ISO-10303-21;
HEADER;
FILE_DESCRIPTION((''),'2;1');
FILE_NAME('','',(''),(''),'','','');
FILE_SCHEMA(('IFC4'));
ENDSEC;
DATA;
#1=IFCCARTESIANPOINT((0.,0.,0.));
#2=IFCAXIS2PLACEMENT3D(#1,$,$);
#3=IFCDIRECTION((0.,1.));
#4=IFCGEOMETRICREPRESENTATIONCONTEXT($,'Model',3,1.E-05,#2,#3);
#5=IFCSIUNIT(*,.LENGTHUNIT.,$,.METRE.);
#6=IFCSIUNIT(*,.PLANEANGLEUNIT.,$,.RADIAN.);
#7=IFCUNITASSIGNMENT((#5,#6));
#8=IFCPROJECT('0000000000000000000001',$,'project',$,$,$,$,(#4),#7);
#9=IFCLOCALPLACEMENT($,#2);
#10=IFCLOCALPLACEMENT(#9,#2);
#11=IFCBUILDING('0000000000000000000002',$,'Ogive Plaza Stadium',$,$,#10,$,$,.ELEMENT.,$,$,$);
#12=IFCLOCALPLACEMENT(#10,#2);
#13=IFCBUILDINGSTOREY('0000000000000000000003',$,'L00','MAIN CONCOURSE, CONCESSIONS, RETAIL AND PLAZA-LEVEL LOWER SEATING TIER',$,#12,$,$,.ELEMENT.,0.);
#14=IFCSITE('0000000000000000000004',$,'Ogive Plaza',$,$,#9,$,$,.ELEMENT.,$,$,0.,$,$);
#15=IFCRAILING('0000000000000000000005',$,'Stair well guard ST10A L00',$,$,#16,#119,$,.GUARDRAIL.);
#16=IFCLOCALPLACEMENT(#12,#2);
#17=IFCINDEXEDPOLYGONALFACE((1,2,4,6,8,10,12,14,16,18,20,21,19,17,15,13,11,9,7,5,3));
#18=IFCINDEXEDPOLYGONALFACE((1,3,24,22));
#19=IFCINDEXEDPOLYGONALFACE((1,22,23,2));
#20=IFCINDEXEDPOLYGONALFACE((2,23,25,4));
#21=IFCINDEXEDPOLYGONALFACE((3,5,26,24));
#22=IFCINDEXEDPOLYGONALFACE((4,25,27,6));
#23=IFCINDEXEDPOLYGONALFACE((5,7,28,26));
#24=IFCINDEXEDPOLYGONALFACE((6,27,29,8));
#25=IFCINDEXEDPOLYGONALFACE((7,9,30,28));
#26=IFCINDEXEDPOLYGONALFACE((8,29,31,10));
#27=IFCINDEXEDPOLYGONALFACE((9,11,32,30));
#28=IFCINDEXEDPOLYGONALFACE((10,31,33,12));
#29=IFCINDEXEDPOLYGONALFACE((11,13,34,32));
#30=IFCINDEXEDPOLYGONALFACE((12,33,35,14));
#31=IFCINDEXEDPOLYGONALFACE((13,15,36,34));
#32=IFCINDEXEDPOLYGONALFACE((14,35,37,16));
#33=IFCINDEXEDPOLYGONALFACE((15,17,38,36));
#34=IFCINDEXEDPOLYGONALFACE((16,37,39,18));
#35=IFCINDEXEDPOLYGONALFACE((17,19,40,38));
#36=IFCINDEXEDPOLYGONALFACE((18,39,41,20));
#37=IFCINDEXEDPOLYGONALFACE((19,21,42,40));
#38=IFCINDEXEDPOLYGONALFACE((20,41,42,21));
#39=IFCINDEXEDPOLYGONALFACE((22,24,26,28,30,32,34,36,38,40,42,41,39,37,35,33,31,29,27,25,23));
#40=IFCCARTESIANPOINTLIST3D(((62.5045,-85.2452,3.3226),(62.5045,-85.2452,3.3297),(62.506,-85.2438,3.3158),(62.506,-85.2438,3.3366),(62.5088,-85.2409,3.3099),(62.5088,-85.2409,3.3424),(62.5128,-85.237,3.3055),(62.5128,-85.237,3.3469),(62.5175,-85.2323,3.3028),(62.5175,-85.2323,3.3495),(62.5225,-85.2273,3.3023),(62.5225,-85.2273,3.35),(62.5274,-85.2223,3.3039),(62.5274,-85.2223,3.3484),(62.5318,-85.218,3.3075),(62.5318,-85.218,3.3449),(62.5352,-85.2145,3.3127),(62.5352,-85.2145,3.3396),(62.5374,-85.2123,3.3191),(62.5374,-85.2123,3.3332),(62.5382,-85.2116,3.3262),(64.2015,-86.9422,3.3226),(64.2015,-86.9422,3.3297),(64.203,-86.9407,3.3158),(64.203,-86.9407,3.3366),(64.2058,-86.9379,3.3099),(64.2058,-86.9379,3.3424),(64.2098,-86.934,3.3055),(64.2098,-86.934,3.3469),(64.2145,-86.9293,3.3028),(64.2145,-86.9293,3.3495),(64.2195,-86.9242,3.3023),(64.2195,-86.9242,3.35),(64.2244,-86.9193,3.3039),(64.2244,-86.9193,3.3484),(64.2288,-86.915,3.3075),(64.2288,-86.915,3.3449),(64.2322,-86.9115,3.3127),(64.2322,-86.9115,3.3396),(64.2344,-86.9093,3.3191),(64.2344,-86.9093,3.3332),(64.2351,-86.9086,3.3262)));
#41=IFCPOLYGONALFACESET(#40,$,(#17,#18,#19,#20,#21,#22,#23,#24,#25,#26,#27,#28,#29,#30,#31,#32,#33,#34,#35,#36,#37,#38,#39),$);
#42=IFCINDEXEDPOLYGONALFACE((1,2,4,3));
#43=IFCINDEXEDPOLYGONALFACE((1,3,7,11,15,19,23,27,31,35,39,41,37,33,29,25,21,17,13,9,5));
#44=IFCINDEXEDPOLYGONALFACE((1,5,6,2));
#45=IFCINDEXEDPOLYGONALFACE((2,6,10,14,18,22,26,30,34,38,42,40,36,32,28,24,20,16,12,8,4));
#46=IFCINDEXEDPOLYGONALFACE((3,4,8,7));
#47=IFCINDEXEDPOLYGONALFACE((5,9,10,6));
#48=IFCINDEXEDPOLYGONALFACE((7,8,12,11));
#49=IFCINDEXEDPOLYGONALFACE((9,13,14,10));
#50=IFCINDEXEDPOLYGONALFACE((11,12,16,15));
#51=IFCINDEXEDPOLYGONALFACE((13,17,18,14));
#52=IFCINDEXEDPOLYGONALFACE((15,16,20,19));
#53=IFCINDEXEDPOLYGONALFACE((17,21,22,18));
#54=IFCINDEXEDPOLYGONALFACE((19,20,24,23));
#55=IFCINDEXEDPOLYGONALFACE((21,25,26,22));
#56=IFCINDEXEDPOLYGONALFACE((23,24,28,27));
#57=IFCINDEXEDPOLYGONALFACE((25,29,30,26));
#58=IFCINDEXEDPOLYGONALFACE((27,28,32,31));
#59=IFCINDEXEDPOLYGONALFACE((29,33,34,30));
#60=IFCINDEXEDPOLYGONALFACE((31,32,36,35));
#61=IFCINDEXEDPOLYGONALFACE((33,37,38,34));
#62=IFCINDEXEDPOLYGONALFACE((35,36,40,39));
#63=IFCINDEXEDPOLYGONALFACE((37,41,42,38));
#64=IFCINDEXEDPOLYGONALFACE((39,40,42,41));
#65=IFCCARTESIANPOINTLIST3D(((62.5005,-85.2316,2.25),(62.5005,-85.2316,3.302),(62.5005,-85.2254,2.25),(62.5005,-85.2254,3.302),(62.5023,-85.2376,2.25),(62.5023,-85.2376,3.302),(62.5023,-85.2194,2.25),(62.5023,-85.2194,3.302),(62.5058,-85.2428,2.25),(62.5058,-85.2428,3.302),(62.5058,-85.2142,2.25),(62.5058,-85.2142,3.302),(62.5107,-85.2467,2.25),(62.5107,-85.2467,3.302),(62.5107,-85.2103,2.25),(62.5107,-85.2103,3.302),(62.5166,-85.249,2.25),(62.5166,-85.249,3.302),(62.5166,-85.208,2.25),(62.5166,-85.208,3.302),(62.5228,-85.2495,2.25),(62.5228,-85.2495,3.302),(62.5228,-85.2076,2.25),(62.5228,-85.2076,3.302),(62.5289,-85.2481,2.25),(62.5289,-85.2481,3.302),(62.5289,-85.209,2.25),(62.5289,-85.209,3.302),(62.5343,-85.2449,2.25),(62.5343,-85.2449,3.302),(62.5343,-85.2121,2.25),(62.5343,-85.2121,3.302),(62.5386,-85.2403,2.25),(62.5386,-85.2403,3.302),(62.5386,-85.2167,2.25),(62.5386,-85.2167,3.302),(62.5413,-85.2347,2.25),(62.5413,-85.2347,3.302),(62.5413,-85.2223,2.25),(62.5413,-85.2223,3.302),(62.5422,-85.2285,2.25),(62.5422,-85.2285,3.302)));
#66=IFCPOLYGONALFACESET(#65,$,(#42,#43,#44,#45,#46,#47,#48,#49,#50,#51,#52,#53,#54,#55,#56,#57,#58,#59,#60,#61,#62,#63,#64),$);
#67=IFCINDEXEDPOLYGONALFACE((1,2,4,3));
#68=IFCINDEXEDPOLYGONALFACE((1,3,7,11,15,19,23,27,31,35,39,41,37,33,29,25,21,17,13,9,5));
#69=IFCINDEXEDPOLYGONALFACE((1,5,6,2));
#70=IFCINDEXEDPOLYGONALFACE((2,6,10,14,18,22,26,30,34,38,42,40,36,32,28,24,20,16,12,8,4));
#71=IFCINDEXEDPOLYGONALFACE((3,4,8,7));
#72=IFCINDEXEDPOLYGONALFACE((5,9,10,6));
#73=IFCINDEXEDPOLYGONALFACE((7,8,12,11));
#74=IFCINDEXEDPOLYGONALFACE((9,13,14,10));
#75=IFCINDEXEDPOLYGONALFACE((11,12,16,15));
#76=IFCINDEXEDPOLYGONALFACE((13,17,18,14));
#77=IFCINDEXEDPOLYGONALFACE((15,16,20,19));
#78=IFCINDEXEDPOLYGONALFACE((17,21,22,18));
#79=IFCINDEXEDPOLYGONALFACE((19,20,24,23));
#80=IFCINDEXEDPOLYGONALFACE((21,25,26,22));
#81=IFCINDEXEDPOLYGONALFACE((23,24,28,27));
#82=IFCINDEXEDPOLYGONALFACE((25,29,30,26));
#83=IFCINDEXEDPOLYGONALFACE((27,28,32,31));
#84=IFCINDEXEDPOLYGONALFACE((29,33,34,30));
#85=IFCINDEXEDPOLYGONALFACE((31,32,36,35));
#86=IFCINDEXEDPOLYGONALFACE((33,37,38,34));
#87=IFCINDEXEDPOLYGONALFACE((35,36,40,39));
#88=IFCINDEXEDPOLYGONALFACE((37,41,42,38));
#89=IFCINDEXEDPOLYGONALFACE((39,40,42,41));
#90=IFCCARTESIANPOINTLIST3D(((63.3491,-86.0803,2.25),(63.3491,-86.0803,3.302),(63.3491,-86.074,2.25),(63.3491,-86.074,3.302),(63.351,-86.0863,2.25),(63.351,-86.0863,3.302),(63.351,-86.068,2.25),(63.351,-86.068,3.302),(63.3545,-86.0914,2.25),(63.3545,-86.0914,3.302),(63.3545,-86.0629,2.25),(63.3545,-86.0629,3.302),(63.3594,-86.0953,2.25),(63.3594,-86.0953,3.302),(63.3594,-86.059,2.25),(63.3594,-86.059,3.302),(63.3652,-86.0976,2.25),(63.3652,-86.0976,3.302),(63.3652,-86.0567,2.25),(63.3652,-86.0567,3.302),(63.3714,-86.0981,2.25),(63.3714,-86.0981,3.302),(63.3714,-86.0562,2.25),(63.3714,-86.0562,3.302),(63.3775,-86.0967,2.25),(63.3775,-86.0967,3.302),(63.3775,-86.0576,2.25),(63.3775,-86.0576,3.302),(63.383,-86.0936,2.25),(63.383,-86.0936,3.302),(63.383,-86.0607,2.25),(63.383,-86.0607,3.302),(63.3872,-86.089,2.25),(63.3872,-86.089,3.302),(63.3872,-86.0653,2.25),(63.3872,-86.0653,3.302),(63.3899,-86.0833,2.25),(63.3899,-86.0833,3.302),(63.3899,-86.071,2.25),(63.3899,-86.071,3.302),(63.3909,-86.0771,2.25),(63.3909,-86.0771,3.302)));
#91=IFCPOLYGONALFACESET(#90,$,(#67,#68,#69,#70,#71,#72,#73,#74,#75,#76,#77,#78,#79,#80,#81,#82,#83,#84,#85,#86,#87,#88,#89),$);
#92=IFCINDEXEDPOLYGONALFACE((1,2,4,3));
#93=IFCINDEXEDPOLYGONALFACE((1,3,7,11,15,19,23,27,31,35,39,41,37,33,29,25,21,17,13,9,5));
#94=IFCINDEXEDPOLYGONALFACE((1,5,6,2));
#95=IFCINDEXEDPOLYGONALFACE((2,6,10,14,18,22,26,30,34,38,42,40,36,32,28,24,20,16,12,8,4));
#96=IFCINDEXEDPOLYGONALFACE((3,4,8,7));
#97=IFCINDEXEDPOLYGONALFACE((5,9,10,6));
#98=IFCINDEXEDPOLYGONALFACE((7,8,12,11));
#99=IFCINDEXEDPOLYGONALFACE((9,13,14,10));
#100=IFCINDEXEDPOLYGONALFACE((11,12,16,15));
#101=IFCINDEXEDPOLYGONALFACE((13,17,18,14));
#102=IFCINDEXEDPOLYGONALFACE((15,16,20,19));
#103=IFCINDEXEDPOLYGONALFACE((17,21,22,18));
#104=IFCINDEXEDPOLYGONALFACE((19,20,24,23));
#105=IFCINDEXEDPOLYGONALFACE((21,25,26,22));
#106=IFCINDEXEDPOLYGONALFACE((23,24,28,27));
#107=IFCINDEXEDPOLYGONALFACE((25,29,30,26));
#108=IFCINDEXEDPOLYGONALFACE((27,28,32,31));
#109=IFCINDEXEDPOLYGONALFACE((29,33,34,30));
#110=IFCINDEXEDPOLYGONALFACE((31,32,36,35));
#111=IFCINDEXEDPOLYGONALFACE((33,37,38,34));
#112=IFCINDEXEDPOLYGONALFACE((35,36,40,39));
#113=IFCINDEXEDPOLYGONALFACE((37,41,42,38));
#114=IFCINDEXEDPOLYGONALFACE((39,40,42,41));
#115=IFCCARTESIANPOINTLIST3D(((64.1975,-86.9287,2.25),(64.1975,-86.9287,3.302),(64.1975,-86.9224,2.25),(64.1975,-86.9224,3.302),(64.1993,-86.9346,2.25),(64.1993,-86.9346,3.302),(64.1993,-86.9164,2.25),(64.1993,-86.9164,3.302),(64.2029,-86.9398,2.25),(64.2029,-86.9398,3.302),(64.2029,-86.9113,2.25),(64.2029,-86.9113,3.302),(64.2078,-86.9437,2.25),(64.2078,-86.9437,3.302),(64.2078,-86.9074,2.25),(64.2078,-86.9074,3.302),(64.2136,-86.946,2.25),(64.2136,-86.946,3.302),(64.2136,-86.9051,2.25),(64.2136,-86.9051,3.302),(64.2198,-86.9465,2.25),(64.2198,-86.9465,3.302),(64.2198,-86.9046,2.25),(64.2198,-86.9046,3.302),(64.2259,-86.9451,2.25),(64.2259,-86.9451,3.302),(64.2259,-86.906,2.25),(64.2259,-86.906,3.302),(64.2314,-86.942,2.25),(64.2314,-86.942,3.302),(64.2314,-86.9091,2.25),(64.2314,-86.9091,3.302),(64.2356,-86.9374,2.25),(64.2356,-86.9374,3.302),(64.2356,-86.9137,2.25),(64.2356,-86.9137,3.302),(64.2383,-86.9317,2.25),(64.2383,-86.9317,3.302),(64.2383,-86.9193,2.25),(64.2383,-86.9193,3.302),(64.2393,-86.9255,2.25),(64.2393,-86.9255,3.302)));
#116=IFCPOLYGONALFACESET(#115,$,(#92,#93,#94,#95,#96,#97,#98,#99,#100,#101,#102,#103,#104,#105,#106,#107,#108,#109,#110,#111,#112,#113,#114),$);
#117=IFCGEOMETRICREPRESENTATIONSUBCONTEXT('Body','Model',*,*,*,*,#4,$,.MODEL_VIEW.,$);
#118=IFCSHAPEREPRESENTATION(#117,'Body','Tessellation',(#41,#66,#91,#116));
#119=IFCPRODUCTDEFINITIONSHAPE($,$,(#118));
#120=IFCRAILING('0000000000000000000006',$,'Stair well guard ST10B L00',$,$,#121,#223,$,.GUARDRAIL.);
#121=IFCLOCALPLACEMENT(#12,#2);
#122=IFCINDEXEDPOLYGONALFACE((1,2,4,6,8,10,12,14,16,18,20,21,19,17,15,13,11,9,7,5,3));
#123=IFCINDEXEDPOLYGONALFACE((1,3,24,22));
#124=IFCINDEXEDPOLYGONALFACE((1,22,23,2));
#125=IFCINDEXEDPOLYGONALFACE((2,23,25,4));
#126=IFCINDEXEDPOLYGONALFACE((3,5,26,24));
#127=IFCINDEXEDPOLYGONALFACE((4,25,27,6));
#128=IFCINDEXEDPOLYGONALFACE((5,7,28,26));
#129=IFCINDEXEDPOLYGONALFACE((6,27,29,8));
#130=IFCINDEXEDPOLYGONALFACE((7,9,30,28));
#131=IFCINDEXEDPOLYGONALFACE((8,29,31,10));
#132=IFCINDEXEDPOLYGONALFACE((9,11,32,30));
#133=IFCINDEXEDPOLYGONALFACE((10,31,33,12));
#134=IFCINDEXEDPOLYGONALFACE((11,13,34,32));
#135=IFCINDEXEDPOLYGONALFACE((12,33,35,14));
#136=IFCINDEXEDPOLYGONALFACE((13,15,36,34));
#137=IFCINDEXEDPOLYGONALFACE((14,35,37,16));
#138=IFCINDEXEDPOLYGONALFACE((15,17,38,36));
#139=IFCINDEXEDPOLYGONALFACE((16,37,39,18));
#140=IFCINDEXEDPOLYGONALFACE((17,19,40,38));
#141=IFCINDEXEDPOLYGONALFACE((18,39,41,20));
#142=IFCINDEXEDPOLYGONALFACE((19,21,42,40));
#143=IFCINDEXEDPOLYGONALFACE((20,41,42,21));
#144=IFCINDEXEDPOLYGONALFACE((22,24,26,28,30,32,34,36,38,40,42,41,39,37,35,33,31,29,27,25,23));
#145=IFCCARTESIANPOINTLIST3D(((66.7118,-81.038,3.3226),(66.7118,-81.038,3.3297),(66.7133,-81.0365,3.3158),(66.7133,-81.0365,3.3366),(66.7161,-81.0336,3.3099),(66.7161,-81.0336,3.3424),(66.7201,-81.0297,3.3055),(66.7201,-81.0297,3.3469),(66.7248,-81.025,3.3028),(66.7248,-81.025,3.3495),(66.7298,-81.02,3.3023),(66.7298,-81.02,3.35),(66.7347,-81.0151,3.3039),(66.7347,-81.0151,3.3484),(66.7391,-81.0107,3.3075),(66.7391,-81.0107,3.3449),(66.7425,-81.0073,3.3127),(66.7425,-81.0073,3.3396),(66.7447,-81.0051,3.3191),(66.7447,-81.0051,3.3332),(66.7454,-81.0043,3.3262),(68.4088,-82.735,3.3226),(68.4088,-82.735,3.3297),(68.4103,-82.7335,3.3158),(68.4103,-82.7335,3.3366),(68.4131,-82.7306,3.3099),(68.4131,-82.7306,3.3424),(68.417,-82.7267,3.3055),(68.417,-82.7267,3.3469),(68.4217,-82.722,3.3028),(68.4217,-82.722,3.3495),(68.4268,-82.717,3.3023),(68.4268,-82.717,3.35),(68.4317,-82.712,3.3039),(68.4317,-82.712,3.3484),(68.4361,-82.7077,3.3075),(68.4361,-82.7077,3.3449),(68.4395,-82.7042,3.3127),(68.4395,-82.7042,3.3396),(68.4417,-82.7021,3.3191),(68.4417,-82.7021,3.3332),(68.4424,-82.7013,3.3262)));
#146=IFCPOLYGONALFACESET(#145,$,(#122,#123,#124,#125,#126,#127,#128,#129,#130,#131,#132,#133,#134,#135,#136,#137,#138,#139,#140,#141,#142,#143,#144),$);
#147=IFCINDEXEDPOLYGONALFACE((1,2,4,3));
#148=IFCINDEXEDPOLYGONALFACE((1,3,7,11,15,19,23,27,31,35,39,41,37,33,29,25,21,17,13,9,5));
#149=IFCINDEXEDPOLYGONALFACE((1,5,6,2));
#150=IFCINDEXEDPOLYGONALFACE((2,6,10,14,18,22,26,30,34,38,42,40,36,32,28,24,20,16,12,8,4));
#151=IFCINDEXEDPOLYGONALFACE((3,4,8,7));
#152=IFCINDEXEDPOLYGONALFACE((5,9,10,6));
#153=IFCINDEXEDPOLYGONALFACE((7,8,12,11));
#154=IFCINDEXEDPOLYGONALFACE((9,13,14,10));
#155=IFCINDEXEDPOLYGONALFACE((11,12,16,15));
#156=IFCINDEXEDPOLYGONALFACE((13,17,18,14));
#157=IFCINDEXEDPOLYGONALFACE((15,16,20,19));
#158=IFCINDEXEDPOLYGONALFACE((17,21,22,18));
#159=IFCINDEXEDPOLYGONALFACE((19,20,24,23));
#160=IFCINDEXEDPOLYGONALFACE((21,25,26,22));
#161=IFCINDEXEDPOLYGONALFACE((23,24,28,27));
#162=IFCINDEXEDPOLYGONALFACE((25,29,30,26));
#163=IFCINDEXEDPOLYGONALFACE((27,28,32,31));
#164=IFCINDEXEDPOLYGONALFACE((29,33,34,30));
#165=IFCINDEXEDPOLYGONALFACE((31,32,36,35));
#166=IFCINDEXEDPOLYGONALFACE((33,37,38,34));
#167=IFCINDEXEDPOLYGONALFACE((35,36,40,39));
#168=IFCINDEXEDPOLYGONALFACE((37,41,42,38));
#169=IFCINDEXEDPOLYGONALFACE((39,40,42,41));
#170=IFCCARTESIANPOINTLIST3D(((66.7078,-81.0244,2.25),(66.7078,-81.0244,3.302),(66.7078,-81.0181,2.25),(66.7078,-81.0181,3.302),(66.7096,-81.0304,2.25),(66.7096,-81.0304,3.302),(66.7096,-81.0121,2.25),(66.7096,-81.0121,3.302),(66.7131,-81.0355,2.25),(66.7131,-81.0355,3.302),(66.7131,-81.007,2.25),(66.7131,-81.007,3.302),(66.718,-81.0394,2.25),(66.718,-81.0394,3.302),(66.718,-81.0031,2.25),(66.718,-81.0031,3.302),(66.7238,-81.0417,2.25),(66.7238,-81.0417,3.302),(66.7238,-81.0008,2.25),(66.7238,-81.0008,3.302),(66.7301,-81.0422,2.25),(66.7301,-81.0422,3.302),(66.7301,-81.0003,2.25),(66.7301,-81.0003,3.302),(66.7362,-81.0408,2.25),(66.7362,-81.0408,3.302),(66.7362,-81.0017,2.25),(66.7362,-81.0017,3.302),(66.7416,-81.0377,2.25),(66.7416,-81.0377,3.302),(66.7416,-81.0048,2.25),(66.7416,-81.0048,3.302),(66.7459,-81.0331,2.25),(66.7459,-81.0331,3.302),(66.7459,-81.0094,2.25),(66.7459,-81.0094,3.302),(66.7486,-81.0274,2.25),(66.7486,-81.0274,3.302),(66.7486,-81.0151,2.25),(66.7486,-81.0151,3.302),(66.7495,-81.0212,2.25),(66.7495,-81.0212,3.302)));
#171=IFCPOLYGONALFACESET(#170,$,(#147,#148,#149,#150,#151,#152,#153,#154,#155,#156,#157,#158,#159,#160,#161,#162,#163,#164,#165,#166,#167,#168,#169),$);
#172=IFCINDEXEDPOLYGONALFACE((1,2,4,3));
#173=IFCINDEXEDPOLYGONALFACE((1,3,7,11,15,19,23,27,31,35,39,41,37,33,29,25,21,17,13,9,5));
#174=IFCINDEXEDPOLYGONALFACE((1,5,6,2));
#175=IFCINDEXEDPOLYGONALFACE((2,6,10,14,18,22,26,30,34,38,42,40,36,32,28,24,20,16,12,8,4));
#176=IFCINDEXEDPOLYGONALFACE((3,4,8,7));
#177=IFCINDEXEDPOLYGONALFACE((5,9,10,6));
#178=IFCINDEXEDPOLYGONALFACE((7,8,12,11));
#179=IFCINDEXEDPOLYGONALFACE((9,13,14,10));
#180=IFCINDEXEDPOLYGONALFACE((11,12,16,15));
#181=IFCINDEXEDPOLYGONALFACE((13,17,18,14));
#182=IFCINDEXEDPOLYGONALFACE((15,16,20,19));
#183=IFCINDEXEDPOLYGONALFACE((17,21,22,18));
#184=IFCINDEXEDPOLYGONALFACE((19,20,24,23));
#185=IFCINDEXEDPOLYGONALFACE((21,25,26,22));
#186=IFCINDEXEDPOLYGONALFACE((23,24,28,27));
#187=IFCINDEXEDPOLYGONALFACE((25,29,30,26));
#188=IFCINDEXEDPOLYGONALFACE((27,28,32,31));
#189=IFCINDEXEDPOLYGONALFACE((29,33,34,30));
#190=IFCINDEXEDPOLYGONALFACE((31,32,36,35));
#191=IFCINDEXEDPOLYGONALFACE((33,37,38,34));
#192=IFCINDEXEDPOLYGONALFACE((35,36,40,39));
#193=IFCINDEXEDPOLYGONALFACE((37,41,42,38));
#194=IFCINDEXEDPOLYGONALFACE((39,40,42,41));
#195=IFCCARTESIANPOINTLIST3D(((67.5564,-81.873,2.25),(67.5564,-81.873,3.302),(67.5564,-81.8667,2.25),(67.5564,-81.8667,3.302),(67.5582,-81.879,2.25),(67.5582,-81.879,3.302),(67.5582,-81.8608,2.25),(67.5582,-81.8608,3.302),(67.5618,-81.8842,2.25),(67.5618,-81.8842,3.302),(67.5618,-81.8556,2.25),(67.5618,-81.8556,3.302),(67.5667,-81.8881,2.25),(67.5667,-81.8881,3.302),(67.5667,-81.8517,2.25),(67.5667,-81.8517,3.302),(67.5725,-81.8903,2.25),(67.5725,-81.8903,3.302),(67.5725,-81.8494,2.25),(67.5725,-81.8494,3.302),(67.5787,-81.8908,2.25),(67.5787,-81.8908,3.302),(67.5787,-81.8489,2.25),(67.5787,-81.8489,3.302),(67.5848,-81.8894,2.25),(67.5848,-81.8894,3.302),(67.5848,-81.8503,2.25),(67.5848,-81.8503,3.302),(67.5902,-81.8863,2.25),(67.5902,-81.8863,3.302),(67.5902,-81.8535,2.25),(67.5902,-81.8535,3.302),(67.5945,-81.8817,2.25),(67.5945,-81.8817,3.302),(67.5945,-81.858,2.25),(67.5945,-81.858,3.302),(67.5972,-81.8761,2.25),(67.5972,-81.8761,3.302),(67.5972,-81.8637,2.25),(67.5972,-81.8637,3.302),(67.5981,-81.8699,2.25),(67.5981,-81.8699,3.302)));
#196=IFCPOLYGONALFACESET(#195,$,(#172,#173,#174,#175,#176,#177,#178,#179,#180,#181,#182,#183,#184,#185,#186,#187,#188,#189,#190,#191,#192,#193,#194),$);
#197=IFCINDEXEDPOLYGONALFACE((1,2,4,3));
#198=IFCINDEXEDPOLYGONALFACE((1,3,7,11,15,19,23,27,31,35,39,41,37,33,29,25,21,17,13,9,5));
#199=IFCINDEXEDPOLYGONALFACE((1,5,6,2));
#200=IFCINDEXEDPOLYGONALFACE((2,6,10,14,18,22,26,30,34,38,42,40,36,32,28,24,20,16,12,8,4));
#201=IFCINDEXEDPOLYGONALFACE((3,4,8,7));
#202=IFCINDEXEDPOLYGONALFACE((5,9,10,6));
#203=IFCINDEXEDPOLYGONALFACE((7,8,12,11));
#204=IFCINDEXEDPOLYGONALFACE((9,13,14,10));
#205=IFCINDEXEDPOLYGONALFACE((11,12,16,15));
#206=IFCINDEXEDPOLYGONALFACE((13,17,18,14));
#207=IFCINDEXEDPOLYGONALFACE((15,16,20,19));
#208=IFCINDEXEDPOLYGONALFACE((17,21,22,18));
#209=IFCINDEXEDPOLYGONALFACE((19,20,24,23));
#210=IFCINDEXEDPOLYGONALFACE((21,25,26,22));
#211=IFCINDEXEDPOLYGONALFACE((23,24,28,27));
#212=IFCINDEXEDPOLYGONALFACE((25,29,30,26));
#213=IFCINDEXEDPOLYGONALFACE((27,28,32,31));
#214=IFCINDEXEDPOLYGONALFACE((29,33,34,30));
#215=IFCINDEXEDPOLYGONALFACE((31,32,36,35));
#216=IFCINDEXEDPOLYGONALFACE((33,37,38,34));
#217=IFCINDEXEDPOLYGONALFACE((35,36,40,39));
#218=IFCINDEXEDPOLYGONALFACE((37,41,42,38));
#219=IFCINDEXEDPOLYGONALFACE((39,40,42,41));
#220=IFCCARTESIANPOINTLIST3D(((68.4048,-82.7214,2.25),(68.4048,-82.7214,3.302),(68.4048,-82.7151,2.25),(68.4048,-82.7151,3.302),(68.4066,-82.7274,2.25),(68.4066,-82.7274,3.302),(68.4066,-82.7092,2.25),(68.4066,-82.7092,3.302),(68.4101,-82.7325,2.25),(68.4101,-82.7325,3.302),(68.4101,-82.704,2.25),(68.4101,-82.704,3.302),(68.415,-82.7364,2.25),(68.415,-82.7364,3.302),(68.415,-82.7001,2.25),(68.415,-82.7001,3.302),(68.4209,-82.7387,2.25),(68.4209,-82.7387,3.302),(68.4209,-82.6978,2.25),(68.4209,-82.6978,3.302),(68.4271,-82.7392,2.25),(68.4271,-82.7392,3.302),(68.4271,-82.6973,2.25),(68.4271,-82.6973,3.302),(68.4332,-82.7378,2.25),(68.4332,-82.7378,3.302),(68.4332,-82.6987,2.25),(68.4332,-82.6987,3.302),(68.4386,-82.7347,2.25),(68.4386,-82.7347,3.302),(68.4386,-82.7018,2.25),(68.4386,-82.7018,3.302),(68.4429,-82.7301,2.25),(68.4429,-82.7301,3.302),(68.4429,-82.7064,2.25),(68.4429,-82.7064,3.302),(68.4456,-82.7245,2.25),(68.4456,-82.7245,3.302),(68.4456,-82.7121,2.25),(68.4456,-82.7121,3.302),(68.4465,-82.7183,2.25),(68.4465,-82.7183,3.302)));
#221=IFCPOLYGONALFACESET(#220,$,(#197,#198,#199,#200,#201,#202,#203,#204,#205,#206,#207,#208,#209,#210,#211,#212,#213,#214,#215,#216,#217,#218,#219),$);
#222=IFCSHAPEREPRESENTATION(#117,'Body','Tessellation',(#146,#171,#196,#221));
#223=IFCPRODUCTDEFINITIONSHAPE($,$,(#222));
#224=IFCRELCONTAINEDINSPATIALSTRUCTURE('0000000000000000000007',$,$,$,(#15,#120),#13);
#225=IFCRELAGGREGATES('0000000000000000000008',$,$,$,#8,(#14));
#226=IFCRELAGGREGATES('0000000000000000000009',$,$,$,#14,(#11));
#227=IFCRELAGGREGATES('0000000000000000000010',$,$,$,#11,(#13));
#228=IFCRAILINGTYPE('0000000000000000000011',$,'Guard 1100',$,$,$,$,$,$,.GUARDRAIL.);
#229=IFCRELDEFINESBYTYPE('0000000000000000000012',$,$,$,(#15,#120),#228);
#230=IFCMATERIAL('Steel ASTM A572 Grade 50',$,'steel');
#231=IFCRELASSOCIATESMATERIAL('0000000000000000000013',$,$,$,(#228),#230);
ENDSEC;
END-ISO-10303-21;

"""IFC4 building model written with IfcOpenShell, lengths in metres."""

from ifc_helpers import new_model, si_unit, direction, frame, origin, origin_2d, place, context, subcontext, project, spatial, circle, extrude, material, type_object, element, save


model = new_model("IFC4")

# Units and contexts
model_context = context("Model", 3, precision=1e-05, world=origin(), true_north=direction((0.0, 1.0)))
body_context = subcontext(model_context, "Body", "Model", "MODEL_VIEW")
ifc_project = project(units=[si_unit("LENGTHUNIT", "METRE"), si_unit("PLANEANGLEUNIT", "RADIAN")], contexts=[model_context])

# Site, building, storey
site_placement = place(None, origin())
site = spatial("IfcSite", under=ifc_project, at=site_placement, Name="Ogive Plaza", CompositionType="ELEMENT", RefElevation=0.0)
building_placement = place(site_placement, origin())
building = spatial("IfcBuilding", under=site, at=building_placement, Name="Ogive Plaza Stadium", CompositionType="ELEMENT")
storey_placement = place(building_placement, origin())
storey = spatial("IfcBuildingStorey", under=building, at=storey_placement, Name="L00", Description="MAIN CONCOURSE, CONCESSIONS, RETAIL AND PLAZA-LEVEL LOWER SEATING TIER", CompositionType="ELEMENT", Elevation=0.0)

# Railings
ifc_material_1 = material(Name="Steel ASTM A572 Grade 50", Category="steel")
railing_type_1 = type_object("IfcRailingType", Name="Guard 1100", PredefinedType="GUARDRAIL", material=ifc_material_1)
for number, where, name in (
    (1, (62.5212, -85.2285, 2.25), "Stair well guard ST10A L00"),
    (2, (66.7285, -81.0212, 2.25), "Stair well guard ST10B L00"),
):
    element("IfcRailing", number, at=place(storey_placement, frame(where)), inside=storey, type_object=railing_type_1, Name=name, PredefinedType="GUARDRAIL", context=body_context, shape_type="SweptSolid", body=[
        extrude(circle(Radius=0.0239, at=origin_2d()), frame((0.0, 0.0, 1.0762), z_axis=(0.707107, -0.707107, 0.0), x_axis=(0.707107, 0.707107, 0.0)), (0.0, 0.0, 1.0), 2.3999),
        extrude(circle(Radius=0.021, at=origin_2d()), origin(), (0.0, 0.0, 1.0), 1.052),
        extrude(circle(Radius=0.021, at=origin_2d()), frame((0.8486, -0.8486, 0.0)), (0.0, 0.0, 1.0), 1.052),
        extrude(circle(Radius=0.021, at=origin_2d()), frame((1.697, -1.697, 0.0)), (0.0, 0.0, 1.0), 1.052),
    ])

save(model, "model.ifc")
